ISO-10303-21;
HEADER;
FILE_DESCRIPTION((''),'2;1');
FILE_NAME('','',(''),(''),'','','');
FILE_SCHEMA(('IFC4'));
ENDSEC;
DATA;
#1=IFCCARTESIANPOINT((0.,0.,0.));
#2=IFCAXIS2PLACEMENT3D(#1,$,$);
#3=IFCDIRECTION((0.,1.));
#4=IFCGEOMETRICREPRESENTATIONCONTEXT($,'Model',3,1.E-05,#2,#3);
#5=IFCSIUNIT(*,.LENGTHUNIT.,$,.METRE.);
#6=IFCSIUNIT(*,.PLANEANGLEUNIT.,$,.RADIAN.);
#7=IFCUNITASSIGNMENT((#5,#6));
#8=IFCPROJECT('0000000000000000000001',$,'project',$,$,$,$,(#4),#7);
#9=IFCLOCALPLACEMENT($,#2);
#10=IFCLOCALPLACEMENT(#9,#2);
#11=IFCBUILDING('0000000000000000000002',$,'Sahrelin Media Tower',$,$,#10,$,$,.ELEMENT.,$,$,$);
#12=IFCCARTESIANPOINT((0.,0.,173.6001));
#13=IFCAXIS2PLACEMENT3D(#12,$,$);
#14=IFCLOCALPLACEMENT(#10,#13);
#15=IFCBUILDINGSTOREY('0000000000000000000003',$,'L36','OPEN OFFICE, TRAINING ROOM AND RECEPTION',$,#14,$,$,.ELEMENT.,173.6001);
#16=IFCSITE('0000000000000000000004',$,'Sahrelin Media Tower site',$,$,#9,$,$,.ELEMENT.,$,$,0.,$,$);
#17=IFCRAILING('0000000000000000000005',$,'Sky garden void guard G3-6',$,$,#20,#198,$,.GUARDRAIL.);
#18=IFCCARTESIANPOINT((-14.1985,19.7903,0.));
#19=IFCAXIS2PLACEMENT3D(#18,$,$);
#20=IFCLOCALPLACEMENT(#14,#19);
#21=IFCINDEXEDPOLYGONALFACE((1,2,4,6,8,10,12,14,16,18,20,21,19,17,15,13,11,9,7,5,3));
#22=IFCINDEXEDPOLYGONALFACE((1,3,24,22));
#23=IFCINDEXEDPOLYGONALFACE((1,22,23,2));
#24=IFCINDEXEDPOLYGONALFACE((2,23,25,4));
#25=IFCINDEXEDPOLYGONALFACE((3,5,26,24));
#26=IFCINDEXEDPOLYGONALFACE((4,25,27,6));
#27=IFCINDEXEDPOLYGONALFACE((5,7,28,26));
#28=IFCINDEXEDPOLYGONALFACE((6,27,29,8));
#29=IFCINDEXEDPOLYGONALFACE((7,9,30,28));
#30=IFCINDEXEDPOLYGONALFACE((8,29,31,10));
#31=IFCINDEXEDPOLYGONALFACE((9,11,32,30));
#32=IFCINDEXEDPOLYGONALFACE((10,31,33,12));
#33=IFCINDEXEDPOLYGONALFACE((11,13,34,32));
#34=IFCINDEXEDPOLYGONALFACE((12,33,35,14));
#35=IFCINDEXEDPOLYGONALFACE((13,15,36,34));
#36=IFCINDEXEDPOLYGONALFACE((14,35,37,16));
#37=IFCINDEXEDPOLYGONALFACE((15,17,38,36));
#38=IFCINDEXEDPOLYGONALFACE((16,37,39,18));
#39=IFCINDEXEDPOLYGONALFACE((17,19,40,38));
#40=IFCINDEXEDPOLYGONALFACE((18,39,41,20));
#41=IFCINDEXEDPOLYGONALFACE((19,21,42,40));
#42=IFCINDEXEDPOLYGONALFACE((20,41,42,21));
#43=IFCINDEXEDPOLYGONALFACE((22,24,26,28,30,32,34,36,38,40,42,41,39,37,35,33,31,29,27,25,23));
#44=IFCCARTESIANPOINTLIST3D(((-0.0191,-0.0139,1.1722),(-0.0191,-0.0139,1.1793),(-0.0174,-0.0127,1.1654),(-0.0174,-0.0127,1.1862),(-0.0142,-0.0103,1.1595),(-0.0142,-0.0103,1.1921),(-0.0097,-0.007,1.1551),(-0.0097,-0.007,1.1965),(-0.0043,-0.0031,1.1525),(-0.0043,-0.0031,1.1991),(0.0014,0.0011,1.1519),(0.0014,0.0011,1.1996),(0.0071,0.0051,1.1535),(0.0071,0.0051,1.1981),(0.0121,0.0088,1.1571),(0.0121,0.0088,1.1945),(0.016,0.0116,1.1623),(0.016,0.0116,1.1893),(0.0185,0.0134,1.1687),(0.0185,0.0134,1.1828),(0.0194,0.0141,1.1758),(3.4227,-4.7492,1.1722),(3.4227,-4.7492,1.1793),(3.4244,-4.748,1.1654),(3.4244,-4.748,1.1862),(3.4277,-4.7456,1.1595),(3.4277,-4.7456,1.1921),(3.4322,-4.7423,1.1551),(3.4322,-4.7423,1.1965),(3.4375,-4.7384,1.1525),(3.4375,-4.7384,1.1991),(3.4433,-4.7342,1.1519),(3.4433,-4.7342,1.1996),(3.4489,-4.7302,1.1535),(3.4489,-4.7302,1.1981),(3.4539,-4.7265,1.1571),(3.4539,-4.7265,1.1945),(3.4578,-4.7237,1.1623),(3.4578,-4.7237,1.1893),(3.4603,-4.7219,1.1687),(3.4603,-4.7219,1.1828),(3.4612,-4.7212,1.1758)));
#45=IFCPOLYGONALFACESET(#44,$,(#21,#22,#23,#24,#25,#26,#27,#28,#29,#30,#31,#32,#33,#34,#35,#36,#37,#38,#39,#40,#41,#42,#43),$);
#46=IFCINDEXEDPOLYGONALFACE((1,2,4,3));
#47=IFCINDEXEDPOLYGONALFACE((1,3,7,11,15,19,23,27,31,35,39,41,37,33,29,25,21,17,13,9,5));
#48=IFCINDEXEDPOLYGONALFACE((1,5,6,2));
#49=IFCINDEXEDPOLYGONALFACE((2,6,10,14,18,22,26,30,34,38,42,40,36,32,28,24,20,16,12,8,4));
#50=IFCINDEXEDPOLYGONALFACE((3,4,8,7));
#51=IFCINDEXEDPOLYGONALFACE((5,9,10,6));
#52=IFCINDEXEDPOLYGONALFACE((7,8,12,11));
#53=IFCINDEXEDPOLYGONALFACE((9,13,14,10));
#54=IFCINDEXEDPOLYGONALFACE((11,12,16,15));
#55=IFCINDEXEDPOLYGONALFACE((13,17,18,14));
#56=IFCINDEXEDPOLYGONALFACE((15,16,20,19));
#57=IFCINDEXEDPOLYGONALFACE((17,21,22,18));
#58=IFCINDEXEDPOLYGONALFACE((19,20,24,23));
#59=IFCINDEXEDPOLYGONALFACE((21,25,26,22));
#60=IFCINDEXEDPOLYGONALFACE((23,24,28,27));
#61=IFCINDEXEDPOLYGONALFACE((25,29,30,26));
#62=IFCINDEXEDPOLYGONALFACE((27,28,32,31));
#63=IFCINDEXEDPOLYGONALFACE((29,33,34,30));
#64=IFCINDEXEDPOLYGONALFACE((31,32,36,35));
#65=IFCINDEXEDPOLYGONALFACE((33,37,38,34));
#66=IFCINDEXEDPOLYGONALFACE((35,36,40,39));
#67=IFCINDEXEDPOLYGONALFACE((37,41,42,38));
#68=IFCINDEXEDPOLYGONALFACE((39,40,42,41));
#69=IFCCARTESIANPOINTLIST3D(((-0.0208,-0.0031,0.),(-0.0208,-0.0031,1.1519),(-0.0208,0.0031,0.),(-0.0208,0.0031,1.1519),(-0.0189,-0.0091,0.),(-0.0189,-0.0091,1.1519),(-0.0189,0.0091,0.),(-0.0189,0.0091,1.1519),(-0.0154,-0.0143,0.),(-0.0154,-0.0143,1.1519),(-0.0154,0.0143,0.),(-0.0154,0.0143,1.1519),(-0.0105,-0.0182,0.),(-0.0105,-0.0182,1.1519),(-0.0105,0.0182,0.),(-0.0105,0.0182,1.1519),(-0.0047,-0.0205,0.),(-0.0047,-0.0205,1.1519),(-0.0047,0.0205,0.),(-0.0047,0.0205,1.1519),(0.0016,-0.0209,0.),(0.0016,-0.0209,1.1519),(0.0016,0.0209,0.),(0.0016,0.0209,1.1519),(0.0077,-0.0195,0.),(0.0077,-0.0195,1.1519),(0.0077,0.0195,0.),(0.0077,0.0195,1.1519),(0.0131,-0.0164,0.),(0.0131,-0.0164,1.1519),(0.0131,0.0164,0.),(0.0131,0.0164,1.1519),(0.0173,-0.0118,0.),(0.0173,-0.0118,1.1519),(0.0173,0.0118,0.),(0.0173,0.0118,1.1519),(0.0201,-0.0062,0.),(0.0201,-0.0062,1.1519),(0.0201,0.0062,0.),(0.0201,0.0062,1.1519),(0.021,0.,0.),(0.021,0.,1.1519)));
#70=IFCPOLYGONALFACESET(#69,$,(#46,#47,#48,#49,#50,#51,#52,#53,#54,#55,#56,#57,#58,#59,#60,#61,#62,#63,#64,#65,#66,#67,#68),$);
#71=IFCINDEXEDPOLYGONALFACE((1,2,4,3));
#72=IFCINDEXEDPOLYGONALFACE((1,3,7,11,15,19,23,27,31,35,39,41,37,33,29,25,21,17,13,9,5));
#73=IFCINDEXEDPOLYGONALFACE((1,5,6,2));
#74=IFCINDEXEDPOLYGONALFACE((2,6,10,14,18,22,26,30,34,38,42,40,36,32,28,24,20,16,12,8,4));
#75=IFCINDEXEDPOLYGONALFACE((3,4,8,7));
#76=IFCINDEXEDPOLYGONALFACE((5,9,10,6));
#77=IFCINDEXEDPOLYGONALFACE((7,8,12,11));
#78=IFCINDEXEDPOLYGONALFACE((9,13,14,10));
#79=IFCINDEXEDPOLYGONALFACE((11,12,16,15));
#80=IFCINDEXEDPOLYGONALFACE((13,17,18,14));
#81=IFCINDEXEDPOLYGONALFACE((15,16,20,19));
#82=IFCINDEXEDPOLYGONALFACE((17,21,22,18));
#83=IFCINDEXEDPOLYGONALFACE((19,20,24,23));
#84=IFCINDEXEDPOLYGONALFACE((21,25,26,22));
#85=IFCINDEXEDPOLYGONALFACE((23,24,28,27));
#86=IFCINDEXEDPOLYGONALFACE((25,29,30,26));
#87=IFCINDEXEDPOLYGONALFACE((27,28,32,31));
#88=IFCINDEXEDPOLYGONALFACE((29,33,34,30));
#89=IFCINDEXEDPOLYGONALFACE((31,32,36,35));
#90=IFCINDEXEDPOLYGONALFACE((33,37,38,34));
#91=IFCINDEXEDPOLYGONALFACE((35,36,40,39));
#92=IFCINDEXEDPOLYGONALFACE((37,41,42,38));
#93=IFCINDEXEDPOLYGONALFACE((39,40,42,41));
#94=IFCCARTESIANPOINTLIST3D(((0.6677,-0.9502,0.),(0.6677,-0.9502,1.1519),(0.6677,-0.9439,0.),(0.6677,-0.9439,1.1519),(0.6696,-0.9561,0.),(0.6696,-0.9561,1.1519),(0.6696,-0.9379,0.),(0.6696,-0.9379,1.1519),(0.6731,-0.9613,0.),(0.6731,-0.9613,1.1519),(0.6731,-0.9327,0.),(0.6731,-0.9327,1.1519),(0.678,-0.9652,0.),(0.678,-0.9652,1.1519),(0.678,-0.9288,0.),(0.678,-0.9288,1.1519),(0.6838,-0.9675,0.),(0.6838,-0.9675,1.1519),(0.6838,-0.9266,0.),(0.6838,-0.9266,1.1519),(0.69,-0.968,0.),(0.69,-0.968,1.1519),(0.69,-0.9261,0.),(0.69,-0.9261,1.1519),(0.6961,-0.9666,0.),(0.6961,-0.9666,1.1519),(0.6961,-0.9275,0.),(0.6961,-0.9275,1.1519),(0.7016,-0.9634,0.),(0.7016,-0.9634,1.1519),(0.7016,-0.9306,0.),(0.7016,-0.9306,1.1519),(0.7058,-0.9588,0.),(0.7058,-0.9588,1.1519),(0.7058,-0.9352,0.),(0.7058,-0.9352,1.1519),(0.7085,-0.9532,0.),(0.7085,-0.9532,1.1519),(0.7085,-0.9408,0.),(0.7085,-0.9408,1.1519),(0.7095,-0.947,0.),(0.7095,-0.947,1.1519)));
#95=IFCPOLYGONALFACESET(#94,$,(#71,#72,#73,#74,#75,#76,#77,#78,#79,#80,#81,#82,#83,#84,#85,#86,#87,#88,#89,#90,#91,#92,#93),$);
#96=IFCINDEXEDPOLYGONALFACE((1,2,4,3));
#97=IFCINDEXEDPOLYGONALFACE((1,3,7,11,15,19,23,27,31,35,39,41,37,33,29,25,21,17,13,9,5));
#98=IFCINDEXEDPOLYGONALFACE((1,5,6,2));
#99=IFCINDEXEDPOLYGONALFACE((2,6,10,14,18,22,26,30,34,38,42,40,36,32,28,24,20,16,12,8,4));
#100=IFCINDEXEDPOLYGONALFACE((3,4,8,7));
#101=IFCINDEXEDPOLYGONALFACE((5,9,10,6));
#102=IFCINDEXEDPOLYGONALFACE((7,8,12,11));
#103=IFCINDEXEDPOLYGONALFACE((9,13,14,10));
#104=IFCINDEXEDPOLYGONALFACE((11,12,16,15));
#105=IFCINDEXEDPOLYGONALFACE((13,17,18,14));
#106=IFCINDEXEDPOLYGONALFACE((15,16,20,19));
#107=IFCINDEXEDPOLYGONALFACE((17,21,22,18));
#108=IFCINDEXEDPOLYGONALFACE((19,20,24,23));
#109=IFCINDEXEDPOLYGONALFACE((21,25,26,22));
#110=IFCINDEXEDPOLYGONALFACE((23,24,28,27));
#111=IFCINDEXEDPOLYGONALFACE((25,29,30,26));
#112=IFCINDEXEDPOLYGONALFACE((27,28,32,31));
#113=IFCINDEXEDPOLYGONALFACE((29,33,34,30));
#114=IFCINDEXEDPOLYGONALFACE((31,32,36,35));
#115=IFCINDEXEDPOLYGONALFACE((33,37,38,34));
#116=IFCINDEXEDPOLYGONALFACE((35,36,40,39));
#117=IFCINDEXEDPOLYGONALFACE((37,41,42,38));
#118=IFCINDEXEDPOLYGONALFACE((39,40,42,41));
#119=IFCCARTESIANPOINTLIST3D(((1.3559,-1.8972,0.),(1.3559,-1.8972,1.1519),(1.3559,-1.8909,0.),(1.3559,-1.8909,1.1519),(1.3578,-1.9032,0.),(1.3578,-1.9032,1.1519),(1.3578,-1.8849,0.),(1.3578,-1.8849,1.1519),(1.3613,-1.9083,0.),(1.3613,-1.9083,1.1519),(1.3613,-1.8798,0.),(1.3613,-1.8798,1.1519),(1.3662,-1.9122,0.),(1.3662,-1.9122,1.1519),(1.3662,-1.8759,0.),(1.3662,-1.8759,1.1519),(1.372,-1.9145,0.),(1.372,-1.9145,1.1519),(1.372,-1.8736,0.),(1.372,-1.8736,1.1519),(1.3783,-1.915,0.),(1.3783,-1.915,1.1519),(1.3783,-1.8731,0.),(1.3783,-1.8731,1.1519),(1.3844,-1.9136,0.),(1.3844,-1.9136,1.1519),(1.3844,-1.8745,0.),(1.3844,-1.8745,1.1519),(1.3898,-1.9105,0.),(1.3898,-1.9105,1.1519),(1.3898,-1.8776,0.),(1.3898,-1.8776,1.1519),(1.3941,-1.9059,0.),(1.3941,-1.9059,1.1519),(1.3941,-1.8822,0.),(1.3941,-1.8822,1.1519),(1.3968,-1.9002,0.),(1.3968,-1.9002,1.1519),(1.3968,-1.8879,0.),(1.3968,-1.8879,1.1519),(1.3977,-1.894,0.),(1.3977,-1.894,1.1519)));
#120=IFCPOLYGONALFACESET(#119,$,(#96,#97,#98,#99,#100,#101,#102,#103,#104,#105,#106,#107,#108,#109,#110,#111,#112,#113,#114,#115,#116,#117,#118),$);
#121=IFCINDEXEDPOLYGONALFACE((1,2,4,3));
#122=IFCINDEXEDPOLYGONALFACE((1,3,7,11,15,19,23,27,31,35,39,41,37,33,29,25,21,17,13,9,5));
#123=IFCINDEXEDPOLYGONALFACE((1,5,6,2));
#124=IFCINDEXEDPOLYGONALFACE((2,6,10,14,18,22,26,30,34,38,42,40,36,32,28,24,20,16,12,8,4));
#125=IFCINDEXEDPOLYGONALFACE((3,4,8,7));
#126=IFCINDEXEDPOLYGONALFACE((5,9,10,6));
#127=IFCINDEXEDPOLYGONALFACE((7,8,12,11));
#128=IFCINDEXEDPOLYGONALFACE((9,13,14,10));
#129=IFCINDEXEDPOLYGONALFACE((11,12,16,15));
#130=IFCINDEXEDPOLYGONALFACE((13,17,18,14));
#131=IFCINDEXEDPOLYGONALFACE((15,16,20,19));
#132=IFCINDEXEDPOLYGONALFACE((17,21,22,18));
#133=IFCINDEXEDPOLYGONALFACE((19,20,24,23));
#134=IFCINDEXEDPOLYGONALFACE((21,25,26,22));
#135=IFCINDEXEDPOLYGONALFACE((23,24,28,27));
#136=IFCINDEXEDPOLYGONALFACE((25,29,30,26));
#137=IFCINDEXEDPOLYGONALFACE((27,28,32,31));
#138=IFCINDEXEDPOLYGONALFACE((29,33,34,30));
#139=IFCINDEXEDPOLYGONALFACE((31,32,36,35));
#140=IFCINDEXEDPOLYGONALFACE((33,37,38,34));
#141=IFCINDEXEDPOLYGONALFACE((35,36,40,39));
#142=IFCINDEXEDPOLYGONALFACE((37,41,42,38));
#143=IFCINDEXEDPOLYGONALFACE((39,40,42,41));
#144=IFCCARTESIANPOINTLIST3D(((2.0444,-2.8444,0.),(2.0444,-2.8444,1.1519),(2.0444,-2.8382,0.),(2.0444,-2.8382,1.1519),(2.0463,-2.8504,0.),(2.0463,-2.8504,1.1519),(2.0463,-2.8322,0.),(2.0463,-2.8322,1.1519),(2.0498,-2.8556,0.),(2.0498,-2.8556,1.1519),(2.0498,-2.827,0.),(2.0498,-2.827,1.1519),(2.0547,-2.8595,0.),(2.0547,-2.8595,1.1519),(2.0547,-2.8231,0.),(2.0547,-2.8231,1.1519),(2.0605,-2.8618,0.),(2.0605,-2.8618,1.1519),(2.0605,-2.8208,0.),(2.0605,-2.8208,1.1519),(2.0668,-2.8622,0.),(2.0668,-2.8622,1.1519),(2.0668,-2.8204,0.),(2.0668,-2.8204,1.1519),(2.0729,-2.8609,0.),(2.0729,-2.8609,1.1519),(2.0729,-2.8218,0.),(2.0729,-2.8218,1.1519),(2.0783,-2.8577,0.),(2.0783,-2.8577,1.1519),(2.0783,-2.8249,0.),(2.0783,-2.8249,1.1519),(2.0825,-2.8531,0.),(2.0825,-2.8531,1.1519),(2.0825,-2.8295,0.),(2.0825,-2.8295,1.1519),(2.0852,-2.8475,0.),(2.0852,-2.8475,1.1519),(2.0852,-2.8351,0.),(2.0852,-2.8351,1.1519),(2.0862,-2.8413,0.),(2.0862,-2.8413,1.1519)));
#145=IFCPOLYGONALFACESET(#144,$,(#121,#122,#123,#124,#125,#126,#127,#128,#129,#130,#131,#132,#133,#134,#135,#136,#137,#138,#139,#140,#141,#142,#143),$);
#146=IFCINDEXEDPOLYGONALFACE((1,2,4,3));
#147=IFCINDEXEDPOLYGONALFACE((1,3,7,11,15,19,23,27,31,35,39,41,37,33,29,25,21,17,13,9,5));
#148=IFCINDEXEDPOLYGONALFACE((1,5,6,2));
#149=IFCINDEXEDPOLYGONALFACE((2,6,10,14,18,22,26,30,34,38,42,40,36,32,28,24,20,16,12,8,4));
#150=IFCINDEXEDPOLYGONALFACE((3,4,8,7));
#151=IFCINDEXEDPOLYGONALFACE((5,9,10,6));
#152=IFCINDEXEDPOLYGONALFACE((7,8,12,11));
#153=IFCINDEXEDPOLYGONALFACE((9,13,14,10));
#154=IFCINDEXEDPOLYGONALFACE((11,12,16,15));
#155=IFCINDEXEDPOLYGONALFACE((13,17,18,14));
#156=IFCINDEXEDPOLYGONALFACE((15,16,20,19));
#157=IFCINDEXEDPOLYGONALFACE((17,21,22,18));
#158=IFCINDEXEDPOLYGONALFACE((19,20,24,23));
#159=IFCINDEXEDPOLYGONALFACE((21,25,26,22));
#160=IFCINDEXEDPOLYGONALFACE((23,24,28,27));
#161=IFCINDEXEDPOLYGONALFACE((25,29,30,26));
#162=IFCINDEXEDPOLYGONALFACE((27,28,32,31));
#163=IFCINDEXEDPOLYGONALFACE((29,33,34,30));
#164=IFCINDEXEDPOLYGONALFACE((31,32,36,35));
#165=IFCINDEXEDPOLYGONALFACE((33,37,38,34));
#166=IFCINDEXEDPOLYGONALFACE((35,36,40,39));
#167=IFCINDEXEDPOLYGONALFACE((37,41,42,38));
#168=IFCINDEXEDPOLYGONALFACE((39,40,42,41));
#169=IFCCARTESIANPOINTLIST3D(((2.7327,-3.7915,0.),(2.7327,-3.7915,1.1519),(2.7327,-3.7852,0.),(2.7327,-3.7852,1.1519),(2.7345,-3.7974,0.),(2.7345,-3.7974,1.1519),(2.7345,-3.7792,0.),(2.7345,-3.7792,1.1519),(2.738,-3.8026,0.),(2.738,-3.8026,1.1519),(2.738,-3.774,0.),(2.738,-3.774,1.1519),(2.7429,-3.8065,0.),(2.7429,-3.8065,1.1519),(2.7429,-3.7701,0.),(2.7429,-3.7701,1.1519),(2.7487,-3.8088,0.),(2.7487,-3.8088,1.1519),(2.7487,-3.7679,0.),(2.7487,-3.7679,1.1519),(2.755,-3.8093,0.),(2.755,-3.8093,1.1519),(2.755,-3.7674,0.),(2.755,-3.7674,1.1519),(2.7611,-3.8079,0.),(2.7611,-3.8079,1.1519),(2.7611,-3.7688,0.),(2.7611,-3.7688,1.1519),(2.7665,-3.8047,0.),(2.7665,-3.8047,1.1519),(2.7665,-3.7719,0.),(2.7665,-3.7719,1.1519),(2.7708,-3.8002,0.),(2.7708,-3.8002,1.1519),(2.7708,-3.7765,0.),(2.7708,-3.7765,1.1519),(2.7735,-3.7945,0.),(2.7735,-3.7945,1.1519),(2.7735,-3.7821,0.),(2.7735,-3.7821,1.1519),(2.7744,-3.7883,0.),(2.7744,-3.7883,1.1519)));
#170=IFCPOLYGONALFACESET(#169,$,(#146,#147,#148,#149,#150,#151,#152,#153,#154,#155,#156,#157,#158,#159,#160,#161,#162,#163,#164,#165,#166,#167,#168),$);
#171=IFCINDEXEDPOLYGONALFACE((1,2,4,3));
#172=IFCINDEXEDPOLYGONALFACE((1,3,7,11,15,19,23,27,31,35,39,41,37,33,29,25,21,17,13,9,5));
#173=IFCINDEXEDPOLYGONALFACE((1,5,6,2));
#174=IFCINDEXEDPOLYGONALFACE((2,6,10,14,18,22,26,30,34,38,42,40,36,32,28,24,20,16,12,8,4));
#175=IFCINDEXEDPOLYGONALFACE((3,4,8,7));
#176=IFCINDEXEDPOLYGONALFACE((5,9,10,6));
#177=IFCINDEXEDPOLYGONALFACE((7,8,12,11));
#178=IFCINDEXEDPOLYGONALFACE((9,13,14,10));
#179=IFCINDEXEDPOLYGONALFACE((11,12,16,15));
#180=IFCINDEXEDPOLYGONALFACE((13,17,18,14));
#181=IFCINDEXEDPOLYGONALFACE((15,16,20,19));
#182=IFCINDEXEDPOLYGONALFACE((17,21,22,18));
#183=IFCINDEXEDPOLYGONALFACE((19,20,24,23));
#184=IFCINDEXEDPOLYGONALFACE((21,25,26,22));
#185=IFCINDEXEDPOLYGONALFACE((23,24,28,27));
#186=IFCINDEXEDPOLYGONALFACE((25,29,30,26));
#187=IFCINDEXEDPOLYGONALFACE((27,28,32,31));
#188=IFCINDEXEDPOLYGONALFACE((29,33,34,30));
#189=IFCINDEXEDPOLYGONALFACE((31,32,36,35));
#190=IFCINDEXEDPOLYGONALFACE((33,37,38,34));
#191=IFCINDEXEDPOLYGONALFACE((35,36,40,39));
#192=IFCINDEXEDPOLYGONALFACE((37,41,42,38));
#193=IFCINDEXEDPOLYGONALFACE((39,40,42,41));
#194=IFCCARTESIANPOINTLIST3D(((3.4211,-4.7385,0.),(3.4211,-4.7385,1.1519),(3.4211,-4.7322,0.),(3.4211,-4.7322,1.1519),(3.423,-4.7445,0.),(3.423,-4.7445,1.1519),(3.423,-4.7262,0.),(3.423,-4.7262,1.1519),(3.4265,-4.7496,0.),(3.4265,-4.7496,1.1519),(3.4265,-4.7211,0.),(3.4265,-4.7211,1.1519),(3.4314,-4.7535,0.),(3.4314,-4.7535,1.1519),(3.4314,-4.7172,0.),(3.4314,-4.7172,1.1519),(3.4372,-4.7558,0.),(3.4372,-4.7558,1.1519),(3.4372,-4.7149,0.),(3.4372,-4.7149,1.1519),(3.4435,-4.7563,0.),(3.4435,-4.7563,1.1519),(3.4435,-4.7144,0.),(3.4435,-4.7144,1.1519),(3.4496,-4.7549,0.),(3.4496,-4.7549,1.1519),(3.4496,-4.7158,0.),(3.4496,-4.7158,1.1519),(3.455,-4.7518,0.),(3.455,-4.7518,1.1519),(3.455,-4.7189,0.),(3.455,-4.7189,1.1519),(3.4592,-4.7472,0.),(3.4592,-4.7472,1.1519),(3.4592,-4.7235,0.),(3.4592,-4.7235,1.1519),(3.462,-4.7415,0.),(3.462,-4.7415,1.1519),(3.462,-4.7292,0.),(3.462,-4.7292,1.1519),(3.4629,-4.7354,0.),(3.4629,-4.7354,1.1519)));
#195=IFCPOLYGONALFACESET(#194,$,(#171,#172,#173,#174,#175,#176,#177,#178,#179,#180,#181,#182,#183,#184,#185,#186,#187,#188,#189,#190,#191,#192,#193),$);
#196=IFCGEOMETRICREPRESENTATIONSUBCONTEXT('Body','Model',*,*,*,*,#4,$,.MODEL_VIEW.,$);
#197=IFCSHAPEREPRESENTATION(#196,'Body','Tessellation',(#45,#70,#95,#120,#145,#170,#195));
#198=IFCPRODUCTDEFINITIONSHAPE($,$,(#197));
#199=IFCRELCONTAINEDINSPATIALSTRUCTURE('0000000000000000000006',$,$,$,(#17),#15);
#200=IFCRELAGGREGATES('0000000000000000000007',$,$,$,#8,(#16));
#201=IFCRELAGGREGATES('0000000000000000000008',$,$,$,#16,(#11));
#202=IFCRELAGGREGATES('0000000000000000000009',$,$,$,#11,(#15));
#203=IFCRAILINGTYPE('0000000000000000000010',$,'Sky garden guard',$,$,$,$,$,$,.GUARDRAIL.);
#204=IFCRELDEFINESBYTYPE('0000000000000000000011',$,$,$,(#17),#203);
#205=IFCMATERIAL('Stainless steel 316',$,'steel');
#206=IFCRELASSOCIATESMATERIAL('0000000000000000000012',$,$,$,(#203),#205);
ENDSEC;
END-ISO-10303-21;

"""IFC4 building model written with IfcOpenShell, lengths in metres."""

from ifc_helpers import new_model, si_unit, direction, frame, origin, origin_2d, place, context, subcontext, project, spatial, circle, extrude, material, type_object, element, save


model = new_model("IFC4")

# Units and contexts
model_context = context("Model", 3, precision=1e-05, world=origin(), true_north=direction((0.0, 1.0)))
body_context = subcontext(model_context, "Body", "Model", "MODEL_VIEW")
ifc_project = project(units=[si_unit("LENGTHUNIT", "METRE"), si_unit("PLANEANGLEUNIT", "RADIAN")], contexts=[model_context])

# Site, building, storey
site_placement = place(None, origin())
site = spatial("IfcSite", under=ifc_project, at=site_placement, Name="Sahrelin Media Tower site", CompositionType="ELEMENT", RefElevation=0.0)
building_placement = place(site_placement, origin())
building = spatial("IfcBuilding", under=site, at=building_placement, Name="Sahrelin Media Tower", CompositionType="ELEMENT")
storey_placement = place(building_placement, frame((0.0, 0.0, 173.6001)))
storey = spatial("IfcBuildingStorey", under=building, at=storey_placement, Name="L36", Description="OPEN OFFICE, TRAINING ROOM AND RECEPTION", CompositionType="ELEMENT", Elevation=173.6001)

# Railing
ifc_material_1 = material(Name="Stainless steel 316", Category="steel")
railing_type = type_object("IfcRailingType", Name="Sky garden guard", PredefinedType="GUARDRAIL", material=ifc_material_1)
railing_1_placement = place(storey_placement, frame((-14.1985, 19.7903, 0.0)))
element("IfcRailing", 1, at=railing_1_placement, inside=storey, type_object=railing_type, Name="Sky garden void guard G3-6", PredefinedType="GUARDRAIL", context=body_context, shape_type="SweptSolid", body=[
    extrude(circle(Radius=0.0239, at=origin_2d()), frame((0.0, 0.0, 1.1758), z_axis=(0.587949, -0.808898, 0.0), x_axis=(0.808898, 0.587949, 0.0)), (0.0, 0.0, 1.0), 5.854),
    extrude(circle(Radius=0.021, at=origin_2d()), origin(), (0.0, 0.0, 1.0), 1.1519),
    extrude(circle(Radius=0.021, at=origin_2d()), frame((0.6885, -0.947, 0.0)), (0.0, 0.0, 1.0), 1.1519),
    extrude(circle(Radius=0.021, at=origin_2d()), frame((1.3767, -1.894, 0.0)), (0.0, 0.0, 1.0), 1.1519),
    extrude(circle(Radius=0.021, at=origin_2d()), frame((2.0652, -2.8413, 0.0)), (0.0, 0.0, 1.0), 1.1519),
    extrude(circle(Radius=0.021, at=origin_2d()), frame((2.7534, -3.7883, 0.0)), (0.0, 0.0, 1.0), 1.1519),
    extrude(circle(Radius=0.021, at=origin_2d()), frame((3.4419, -4.7354, 0.0)), (0.0, 0.0, 1.0), 1.1519),
])

save(model, "model.ifc")
